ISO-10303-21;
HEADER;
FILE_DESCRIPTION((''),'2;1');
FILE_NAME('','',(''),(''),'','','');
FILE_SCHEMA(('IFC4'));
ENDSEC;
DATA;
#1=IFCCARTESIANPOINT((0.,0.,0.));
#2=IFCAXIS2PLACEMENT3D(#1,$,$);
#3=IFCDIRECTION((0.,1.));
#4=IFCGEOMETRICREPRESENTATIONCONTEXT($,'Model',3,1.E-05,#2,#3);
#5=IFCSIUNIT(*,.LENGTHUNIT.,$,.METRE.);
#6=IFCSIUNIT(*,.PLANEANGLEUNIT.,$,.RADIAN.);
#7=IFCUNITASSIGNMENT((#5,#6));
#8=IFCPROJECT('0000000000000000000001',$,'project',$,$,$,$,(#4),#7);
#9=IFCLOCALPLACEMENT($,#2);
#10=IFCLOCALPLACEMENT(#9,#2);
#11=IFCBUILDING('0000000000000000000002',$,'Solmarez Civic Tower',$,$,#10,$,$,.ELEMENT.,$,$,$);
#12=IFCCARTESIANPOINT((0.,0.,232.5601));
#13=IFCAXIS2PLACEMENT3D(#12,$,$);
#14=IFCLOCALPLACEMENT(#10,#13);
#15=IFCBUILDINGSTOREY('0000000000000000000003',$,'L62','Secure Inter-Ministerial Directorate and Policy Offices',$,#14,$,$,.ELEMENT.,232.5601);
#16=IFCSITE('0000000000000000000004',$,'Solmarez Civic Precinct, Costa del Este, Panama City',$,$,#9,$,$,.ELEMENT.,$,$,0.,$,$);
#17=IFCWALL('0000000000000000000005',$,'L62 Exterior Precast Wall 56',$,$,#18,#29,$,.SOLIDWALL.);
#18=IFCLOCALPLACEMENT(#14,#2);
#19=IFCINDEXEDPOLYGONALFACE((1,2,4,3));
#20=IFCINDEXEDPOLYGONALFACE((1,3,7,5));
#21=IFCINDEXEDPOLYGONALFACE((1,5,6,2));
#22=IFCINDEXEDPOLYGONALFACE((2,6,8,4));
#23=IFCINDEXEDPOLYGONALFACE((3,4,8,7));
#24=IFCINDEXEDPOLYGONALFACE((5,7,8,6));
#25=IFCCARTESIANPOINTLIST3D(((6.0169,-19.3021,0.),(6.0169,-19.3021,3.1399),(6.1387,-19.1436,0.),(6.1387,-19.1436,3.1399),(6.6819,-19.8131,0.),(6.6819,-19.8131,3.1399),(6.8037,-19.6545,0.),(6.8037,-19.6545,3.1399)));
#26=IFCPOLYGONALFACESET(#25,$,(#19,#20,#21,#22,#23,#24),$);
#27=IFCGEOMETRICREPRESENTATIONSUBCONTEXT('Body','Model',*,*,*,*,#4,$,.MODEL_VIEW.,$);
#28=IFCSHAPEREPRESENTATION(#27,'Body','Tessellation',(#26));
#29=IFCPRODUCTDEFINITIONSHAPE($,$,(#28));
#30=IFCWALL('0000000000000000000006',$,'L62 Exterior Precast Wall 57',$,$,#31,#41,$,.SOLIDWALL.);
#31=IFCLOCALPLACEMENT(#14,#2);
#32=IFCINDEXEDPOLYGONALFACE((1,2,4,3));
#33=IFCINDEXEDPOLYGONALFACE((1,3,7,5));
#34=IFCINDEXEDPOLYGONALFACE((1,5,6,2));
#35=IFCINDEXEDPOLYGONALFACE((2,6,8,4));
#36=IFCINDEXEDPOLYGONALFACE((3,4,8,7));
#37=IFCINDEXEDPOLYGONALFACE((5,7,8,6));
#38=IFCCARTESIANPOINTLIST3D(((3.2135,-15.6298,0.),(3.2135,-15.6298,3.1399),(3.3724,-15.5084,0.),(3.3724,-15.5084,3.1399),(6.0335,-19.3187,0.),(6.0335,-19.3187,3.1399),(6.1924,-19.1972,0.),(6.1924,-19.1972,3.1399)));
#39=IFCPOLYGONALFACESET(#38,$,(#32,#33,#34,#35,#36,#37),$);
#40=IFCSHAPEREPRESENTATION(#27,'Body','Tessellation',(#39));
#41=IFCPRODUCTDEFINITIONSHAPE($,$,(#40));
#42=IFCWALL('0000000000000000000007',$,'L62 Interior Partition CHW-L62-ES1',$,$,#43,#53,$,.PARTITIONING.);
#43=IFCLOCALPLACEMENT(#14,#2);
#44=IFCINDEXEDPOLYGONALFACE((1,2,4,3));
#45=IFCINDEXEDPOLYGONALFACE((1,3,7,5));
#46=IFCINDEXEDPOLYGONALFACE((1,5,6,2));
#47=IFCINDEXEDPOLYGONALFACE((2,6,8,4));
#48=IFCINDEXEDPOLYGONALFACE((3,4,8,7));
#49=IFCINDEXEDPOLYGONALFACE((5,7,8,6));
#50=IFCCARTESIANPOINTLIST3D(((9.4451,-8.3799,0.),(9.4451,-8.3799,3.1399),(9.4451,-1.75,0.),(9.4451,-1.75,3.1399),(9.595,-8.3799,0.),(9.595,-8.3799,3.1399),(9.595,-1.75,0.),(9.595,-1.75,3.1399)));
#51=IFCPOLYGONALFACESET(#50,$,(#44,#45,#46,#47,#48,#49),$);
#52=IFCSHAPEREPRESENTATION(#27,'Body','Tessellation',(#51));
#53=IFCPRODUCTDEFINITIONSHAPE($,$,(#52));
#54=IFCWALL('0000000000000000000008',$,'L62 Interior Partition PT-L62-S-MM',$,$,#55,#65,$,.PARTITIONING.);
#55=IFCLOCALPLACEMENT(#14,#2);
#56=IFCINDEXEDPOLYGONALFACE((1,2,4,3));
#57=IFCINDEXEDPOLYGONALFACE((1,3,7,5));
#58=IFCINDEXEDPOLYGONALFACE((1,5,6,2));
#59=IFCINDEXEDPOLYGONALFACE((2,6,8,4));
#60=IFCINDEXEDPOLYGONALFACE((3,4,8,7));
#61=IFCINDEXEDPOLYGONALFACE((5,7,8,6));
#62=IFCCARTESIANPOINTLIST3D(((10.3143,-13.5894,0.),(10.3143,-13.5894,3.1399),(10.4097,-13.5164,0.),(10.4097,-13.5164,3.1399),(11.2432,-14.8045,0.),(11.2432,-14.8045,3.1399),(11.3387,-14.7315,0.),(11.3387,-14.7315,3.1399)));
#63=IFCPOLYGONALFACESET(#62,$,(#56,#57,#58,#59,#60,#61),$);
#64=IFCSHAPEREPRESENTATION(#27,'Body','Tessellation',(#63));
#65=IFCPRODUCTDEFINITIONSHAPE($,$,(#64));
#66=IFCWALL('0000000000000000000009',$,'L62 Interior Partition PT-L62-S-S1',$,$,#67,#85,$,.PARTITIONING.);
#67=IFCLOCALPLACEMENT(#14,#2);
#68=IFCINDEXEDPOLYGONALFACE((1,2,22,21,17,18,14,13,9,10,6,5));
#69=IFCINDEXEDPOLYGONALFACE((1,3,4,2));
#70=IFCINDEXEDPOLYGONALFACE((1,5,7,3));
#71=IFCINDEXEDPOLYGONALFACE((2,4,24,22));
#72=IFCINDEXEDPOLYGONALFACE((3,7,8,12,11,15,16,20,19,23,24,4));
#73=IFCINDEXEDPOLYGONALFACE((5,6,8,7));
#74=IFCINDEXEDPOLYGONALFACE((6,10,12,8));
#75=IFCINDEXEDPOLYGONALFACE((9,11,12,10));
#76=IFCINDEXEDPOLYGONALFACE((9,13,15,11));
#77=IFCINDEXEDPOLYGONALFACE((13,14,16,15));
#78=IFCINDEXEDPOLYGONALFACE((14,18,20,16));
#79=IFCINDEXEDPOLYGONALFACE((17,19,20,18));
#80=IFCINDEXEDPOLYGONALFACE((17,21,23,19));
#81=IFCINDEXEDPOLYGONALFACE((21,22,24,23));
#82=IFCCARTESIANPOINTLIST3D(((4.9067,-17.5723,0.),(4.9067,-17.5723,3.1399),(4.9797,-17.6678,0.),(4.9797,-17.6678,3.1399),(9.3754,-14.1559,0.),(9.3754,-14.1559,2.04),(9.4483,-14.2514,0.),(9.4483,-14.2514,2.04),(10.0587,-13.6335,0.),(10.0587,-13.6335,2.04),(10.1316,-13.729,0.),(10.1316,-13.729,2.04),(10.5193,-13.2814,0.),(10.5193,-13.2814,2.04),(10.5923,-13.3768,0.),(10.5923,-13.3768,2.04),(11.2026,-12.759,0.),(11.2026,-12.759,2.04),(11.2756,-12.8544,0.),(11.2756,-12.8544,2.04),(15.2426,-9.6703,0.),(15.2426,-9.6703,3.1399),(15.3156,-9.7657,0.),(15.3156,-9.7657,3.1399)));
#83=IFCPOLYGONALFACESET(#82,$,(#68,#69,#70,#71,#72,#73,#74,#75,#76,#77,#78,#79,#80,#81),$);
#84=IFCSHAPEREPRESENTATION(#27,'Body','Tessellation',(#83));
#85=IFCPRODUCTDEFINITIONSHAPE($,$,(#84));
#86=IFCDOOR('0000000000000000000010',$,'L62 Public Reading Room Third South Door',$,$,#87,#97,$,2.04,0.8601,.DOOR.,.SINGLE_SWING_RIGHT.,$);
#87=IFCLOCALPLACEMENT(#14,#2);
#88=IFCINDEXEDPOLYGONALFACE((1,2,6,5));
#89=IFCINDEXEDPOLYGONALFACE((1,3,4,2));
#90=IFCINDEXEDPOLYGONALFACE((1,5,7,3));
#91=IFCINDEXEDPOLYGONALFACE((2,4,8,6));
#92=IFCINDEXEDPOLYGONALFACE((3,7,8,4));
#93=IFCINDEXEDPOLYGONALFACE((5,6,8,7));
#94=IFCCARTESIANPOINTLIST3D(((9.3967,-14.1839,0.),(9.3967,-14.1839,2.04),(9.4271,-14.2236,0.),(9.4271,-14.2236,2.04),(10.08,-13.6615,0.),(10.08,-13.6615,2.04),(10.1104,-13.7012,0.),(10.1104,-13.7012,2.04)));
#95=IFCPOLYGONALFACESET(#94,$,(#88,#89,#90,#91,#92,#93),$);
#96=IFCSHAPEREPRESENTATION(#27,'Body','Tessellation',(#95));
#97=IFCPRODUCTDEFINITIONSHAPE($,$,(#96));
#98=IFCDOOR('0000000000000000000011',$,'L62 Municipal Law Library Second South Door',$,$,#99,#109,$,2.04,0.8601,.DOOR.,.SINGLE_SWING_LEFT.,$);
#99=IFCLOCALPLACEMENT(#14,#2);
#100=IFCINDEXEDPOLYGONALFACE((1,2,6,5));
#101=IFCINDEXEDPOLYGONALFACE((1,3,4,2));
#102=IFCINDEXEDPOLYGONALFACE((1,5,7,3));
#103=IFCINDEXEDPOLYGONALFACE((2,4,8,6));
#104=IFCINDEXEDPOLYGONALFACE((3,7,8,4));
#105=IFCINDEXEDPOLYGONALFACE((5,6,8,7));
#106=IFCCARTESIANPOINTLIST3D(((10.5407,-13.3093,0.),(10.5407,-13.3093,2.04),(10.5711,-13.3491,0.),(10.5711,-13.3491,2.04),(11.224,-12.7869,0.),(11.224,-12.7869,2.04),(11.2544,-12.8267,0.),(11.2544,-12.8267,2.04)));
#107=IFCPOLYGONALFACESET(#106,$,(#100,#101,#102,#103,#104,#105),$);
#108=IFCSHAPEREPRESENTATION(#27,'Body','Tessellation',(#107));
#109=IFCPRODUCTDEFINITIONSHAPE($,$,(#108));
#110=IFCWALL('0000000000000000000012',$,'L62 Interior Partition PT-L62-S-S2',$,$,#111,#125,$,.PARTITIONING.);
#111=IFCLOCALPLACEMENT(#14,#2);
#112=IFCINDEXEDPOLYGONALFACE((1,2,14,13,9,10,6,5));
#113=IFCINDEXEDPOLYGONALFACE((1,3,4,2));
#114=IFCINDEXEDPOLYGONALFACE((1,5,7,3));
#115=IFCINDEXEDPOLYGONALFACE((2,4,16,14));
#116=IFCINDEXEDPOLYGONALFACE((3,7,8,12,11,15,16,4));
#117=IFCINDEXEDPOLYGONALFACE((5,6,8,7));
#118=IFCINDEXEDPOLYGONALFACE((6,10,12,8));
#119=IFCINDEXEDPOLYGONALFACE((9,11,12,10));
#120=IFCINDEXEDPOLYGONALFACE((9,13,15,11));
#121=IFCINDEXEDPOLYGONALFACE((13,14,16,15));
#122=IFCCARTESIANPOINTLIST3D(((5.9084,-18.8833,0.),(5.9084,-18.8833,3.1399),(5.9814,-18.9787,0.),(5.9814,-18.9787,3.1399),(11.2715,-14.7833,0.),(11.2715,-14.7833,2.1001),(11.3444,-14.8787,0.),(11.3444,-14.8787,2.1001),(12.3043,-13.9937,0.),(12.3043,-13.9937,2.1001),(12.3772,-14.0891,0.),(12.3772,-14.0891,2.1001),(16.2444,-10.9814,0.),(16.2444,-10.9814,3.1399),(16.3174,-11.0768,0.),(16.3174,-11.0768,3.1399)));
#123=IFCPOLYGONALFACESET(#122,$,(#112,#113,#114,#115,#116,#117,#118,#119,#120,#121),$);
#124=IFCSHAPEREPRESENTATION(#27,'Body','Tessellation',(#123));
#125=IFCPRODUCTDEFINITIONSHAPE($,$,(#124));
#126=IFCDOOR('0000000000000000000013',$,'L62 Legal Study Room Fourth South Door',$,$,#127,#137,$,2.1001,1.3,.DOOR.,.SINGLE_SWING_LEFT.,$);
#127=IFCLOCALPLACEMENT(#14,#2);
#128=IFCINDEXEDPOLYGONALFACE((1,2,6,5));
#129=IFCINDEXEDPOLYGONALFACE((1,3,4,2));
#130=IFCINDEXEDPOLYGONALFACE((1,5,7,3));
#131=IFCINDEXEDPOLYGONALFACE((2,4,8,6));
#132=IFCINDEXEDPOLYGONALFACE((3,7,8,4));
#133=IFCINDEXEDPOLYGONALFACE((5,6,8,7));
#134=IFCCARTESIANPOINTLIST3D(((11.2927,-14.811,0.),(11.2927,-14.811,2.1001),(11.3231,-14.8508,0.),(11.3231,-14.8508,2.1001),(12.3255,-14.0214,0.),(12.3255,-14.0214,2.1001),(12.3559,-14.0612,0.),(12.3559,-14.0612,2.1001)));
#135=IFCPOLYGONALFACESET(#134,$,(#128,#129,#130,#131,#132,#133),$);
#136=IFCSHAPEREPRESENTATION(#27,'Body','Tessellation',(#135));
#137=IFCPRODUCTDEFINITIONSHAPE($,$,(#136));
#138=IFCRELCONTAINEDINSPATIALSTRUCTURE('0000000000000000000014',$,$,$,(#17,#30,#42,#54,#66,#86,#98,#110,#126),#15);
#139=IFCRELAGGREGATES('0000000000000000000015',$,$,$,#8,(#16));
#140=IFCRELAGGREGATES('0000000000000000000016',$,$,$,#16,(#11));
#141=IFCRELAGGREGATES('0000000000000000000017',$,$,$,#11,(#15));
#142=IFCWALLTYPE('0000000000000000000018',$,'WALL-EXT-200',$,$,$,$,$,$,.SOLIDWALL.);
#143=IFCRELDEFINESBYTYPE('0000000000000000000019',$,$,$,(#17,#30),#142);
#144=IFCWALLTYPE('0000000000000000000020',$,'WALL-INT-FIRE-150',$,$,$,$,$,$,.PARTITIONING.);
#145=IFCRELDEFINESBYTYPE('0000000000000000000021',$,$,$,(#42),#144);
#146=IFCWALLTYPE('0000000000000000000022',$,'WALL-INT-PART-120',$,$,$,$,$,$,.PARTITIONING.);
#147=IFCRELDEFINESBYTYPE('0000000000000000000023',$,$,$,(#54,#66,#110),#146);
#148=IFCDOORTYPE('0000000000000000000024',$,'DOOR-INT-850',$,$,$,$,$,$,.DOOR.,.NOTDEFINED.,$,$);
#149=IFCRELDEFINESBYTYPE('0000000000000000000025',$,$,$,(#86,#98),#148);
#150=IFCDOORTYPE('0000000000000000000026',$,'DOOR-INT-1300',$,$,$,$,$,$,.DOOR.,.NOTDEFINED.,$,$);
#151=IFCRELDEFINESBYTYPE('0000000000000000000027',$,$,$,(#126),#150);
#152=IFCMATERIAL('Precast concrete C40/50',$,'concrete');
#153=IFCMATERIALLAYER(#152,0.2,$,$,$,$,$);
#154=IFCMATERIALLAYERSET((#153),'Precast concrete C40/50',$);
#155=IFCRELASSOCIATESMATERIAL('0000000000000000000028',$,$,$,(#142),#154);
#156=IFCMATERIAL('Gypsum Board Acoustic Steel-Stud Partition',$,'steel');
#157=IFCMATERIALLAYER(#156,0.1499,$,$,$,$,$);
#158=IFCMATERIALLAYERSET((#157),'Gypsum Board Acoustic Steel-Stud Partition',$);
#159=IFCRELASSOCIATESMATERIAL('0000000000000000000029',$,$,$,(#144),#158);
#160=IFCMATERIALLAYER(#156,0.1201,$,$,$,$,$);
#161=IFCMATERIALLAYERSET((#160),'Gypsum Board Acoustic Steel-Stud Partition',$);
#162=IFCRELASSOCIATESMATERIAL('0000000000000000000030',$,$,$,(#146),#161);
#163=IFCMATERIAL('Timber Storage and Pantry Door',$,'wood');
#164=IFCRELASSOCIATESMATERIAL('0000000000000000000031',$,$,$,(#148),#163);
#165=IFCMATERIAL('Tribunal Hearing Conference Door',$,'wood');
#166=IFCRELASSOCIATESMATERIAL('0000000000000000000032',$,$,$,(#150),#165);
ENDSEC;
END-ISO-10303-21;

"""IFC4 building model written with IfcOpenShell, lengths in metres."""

from ifc_helpers import new_model, si_unit, direction, frame, frame_2d, origin, place, context, subcontext, project, spatial, rectangle, extrude, material, layer, layer_set, type_object, element, fill, save


model = new_model("IFC4")

# Units and contexts
model_context = context("Model", 3, precision=1e-05, world=origin(), true_north=direction((0.0, 1.0)))
body_context = subcontext(model_context, "Body", "Model", "MODEL_VIEW")
ifc_project = project(units=[si_unit("LENGTHUNIT", "METRE"), si_unit("PLANEANGLEUNIT", "RADIAN")], contexts=[model_context])

# Site, building, storey
site_placement = place(None, origin())
site = spatial("IfcSite", under=ifc_project, at=site_placement, Name="Solmarez Civic Precinct, Costa del Este, Panama City", CompositionType="ELEMENT", RefElevation=0.0)
building_placement = place(site_placement, origin())
building = spatial("IfcBuilding", under=site, at=building_placement, Name="Solmarez Civic Tower", CompositionType="ELEMENT")
storey_placement = place(building_placement, frame((0.0, 0.0, 232.5601)))
storey = spatial("IfcBuildingStorey", under=building, at=storey_placement, Name="L62", Description="Secure Inter-Ministerial Directorate and Policy Offices", CompositionType="ELEMENT", Elevation=232.5601)

# Shared definitions
ifc_material_1 = material(Name="Precast concrete C40/50", Category="concrete")
ifc_layer_1 = layer(ifc_material_1, 0.2)
ifc_layer_set_1 = layer_set([ifc_layer_1], Name="Precast concrete C40/50")
wall_type_1 = type_object("IfcWallType", Name="WALL-EXT-200", PredefinedType="SOLIDWALL", material=ifc_layer_set_1)

# Walls
wall_1_placement = place(storey_placement, frame((6.7429, -19.7339, 0.0), z_axis=(0.0, 0.0, 1.0), x_axis=(-0.792959, 0.609275, 0.0)))
element("IfcWall", 1, at=wall_1_placement, inside=storey, type_object=wall_type_1, Name="L62 Exterior Precast Wall 56", PredefinedType="SOLIDWALL", context=body_context, shape_type="SweptSolid", body=[
    extrude(rectangle(XDim=0.8386, YDim=0.2, at=frame_2d((0.4194, 0.0))), origin(), (0.0, 0.0, 1.0), 3.1399),
])
wall_2_placement = place(storey_placement, frame((6.113, -19.2581, 0.0), z_axis=(0.0, 0.0, 1.0), x_axis=(-0.607327, 0.794452, 0.0)))
element("IfcWall", 2, at=wall_2_placement, inside=storey, type_object=wall_type_1, Name="L62 Exterior Precast Wall 57", PredefinedType="SOLIDWALL", context=body_context, shape_type="SweptSolid", body=[
    extrude(rectangle(XDim=4.6433, YDim=0.2, at=frame_2d((2.3218, 0.0))), origin(), (0.0, 0.0, 1.0), 3.1399),
])
ifc_material_2 = material(Name="Gypsum Board Acoustic Steel-Stud Partition", Category="steel")
ifc_layer_2 = layer(ifc_material_2, 0.1499)
ifc_layer_set_2 = layer_set([ifc_layer_2], Name="Gypsum Board Acoustic Steel-Stud Partition")
wall_type_2 = type_object("IfcWallType", Name="WALL-INT-FIRE-150", PredefinedType="PARTITIONING", material=ifc_layer_set_2)
wall_3_placement = place(storey_placement, frame((9.52, -8.3799, 0.0), z_axis=(0.0, 0.0, 1.0), x_axis=(0.0, 1.0, 0.0)))
element("IfcWall", 3, at=wall_3_placement, inside=storey, type_object=wall_type_2, Name="L62 Interior Partition CHW-L62-ES1", PredefinedType="PARTITIONING", context=body_context, shape_type="SweptSolid", body=[
    extrude(rectangle(XDim=6.6299, YDim=0.1499, at=frame_2d((3.3149, 0.0))), origin(), (0.0, 0.0, 1.0), 3.1399),
])
ifc_layer_3 = layer(ifc_material_2, 0.1201)
ifc_layer_set_3 = layer_set([ifc_layer_3], Name="Gypsum Board Acoustic Steel-Stud Partition")
wall_type_3 = type_object("IfcWallType", Name="WALL-INT-PART-120", PredefinedType="PARTITIONING", material=ifc_layer_set_3)
wall_4_placement = place(storey_placement, frame((10.3621, -13.553, 0.0), z_axis=(0.0, 0.0, 1.0), x_axis=(0.607355, -0.79443, 0.0)))
element("IfcWall", 4, at=wall_4_placement, inside=storey, type_object=wall_type_3, Name="L62 Interior Partition PT-L62-S-MM", PredefinedType="PARTITIONING", context=body_context, shape_type="SweptSolid", body=[
    extrude(rectangle(XDim=1.5295, YDim=0.1201, at=frame_2d((0.7646, 0.0))), origin(), (0.0, 0.0, 1.0), 3.1399),
])

# Wall, openings, doors
wall_5_placement = place(storey_placement, frame((4.9431, -17.6201, 0.0), z_axis=(0.0, 0.0, 1.0), x_axis=(0.794427, 0.60736, 0.0)))
wall_5 = element("IfcWall", 5, at=wall_5_placement, inside=storey, type_object=wall_type_3, Name="L62 Interior Partition PT-L62-S-S1", PredefinedType="PARTITIONING", context=body_context, shape_type="SweptSolid", body=[
    extrude(rectangle(XDim=13.0105, YDim=0.1201, at=frame_2d((6.5054, 0.0))), origin(), (0.0, 0.0, 1.0), 3.1399),
])
opening_1_placement = place(wall_5_placement, frame((5.625, 0.0, 0.0)))
opening_1 = element("IfcOpeningElement", 6, at=opening_1_placement, cuts=wall_5, PredefinedType="OPENING", context=body_context, shape_type="SweptSolid", body=[
    extrude(rectangle(XDim=0.8601, YDim=2.04, at=frame_2d((0.4302, 1.02))), frame((0.0, 0.0701, 0.0), z_axis=(0.0, -1.0, 0.0), x_axis=(1.0, 0.0, 0.0)), (0.0, 0.0, 1.0), 0.1401),
])
opening_2_placement = place(wall_5_placement, frame((7.0649, 0.0, 0.0)))
opening_2 = element("IfcOpeningElement", 7, at=opening_2_placement, cuts=wall_5, PredefinedType="OPENING", context=body_context, shape_type="SweptSolid", body=[
    extrude(rectangle(XDim=0.8601, YDim=2.04, at=frame_2d((0.4302, 1.02))), frame((0.0, 0.0701, 0.0), z_axis=(0.0, -1.0, 0.0), x_axis=(1.0, 0.0, 0.0)), (0.0, 0.0, 1.0), 0.1401),
])
ifc_material_3 = material(Name="Timber Storage and Pantry Door", Category="wood")
door_type_1 = type_object("IfcDoorType", Name="DOOR-INT-850", OperationType="NOTDEFINED", PredefinedType="DOOR", material=ifc_material_3)
door_1_placement = place(opening_1_placement, origin())
door_1 = element("IfcDoor", 8, at=door_1_placement, inside=storey, type_object=door_type_1, Name="L62 Public Reading Room Third South Door", OperationType="SINGLE_SWING_RIGHT", OverallHeight=2.04, OverallWidth=0.8601, PredefinedType="DOOR", context=body_context, shape_type="SweptSolid", body=[
    extrude(rectangle(XDim=0.8601, YDim=2.04, at=frame_2d((0.4302, 1.02))), frame((0.0, 0.0249, 0.0), z_axis=(0.0, -1.0, 0.0), x_axis=(1.0, 0.0, 0.0)), (0.0, 0.0, 1.0), 0.05),
])
fill(opening_1, door_1)
door_2_placement = place(opening_2_placement, origin())
door_2 = element("IfcDoor", 9, at=door_2_placement, inside=storey, type_object=door_type_1, Name="L62 Municipal Law Library Second South Door", OperationType="SINGLE_SWING_LEFT", OverallHeight=2.04, OverallWidth=0.8601, PredefinedType="DOOR", context=body_context, shape_type="SweptSolid", body=[
    extrude(rectangle(XDim=0.8601, YDim=2.04, at=frame_2d((0.4302, 1.02))), frame((0.0, 0.0249, 0.0), z_axis=(0.0, -1.0, 0.0), x_axis=(1.0, 0.0, 0.0)), (0.0, 0.0, 1.0), 0.05),
])
fill(opening_2, door_2)

# Wall, opening, door
wall_6_placement = place(storey_placement, frame((16.281, -11.0291, 0.0), z_axis=(0.0, 0.0, 1.0), x_axis=(-0.794436, -0.607348, 0.0)))
wall_6 = element("IfcWall", 10, at=wall_6_placement, inside=storey, type_object=wall_type_3, Name="L62 Interior Partition PT-L62-S-S2", PredefinedType="PARTITIONING", context=body_context, shape_type="SweptSolid", body=[
    extrude(rectangle(XDim=13.0105, YDim=0.1201, at=frame_2d((6.5054, 0.0))), origin(), (0.0, 0.0, 1.0), 3.1399),
])
opening_3_placement = place(wall_6_placement, frame((4.96, 0.0, 0.0)))
opening_3 = element("IfcOpeningElement", 11, at=opening_3_placement, cuts=wall_6, PredefinedType="OPENING", context=body_context, shape_type="SweptSolid", body=[
    extrude(rectangle(XDim=1.3, YDim=2.1001, at=frame_2d((0.6499, 1.05))), frame((0.0, 0.0701, 0.0), z_axis=(0.0, -1.0, 0.0), x_axis=(1.0, 0.0, 0.0)), (0.0, 0.0, 1.0), 0.1401),
])
ifc_material_4 = material(Name="Tribunal Hearing Conference Door", Category="wood")
door_type_2 = type_object("IfcDoorType", Name="DOOR-INT-1300", OperationType="NOTDEFINED", PredefinedType="DOOR", material=ifc_material_4)
door_3_placement = place(opening_3_placement, origin())
door_3 = element("IfcDoor", 12, at=door_3_placement, inside=storey, type_object=door_type_2, Name="L62 Legal Study Room Fourth South Door", OperationType="SINGLE_SWING_LEFT", OverallHeight=2.1001, OverallWidth=1.3, PredefinedType="DOOR", context=body_context, shape_type="SweptSolid", body=[
    extrude(rectangle(XDim=1.3, YDim=2.1001, at=frame_2d((0.6499, 1.05))), frame((0.0, 0.0249, 0.0), z_axis=(0.0, -1.0, 0.0), x_axis=(1.0, 0.0, 0.0)), (0.0, 0.0, 1.0), 0.05),
])
fill(opening_3, door_3)

save(model, "model.ifc")
